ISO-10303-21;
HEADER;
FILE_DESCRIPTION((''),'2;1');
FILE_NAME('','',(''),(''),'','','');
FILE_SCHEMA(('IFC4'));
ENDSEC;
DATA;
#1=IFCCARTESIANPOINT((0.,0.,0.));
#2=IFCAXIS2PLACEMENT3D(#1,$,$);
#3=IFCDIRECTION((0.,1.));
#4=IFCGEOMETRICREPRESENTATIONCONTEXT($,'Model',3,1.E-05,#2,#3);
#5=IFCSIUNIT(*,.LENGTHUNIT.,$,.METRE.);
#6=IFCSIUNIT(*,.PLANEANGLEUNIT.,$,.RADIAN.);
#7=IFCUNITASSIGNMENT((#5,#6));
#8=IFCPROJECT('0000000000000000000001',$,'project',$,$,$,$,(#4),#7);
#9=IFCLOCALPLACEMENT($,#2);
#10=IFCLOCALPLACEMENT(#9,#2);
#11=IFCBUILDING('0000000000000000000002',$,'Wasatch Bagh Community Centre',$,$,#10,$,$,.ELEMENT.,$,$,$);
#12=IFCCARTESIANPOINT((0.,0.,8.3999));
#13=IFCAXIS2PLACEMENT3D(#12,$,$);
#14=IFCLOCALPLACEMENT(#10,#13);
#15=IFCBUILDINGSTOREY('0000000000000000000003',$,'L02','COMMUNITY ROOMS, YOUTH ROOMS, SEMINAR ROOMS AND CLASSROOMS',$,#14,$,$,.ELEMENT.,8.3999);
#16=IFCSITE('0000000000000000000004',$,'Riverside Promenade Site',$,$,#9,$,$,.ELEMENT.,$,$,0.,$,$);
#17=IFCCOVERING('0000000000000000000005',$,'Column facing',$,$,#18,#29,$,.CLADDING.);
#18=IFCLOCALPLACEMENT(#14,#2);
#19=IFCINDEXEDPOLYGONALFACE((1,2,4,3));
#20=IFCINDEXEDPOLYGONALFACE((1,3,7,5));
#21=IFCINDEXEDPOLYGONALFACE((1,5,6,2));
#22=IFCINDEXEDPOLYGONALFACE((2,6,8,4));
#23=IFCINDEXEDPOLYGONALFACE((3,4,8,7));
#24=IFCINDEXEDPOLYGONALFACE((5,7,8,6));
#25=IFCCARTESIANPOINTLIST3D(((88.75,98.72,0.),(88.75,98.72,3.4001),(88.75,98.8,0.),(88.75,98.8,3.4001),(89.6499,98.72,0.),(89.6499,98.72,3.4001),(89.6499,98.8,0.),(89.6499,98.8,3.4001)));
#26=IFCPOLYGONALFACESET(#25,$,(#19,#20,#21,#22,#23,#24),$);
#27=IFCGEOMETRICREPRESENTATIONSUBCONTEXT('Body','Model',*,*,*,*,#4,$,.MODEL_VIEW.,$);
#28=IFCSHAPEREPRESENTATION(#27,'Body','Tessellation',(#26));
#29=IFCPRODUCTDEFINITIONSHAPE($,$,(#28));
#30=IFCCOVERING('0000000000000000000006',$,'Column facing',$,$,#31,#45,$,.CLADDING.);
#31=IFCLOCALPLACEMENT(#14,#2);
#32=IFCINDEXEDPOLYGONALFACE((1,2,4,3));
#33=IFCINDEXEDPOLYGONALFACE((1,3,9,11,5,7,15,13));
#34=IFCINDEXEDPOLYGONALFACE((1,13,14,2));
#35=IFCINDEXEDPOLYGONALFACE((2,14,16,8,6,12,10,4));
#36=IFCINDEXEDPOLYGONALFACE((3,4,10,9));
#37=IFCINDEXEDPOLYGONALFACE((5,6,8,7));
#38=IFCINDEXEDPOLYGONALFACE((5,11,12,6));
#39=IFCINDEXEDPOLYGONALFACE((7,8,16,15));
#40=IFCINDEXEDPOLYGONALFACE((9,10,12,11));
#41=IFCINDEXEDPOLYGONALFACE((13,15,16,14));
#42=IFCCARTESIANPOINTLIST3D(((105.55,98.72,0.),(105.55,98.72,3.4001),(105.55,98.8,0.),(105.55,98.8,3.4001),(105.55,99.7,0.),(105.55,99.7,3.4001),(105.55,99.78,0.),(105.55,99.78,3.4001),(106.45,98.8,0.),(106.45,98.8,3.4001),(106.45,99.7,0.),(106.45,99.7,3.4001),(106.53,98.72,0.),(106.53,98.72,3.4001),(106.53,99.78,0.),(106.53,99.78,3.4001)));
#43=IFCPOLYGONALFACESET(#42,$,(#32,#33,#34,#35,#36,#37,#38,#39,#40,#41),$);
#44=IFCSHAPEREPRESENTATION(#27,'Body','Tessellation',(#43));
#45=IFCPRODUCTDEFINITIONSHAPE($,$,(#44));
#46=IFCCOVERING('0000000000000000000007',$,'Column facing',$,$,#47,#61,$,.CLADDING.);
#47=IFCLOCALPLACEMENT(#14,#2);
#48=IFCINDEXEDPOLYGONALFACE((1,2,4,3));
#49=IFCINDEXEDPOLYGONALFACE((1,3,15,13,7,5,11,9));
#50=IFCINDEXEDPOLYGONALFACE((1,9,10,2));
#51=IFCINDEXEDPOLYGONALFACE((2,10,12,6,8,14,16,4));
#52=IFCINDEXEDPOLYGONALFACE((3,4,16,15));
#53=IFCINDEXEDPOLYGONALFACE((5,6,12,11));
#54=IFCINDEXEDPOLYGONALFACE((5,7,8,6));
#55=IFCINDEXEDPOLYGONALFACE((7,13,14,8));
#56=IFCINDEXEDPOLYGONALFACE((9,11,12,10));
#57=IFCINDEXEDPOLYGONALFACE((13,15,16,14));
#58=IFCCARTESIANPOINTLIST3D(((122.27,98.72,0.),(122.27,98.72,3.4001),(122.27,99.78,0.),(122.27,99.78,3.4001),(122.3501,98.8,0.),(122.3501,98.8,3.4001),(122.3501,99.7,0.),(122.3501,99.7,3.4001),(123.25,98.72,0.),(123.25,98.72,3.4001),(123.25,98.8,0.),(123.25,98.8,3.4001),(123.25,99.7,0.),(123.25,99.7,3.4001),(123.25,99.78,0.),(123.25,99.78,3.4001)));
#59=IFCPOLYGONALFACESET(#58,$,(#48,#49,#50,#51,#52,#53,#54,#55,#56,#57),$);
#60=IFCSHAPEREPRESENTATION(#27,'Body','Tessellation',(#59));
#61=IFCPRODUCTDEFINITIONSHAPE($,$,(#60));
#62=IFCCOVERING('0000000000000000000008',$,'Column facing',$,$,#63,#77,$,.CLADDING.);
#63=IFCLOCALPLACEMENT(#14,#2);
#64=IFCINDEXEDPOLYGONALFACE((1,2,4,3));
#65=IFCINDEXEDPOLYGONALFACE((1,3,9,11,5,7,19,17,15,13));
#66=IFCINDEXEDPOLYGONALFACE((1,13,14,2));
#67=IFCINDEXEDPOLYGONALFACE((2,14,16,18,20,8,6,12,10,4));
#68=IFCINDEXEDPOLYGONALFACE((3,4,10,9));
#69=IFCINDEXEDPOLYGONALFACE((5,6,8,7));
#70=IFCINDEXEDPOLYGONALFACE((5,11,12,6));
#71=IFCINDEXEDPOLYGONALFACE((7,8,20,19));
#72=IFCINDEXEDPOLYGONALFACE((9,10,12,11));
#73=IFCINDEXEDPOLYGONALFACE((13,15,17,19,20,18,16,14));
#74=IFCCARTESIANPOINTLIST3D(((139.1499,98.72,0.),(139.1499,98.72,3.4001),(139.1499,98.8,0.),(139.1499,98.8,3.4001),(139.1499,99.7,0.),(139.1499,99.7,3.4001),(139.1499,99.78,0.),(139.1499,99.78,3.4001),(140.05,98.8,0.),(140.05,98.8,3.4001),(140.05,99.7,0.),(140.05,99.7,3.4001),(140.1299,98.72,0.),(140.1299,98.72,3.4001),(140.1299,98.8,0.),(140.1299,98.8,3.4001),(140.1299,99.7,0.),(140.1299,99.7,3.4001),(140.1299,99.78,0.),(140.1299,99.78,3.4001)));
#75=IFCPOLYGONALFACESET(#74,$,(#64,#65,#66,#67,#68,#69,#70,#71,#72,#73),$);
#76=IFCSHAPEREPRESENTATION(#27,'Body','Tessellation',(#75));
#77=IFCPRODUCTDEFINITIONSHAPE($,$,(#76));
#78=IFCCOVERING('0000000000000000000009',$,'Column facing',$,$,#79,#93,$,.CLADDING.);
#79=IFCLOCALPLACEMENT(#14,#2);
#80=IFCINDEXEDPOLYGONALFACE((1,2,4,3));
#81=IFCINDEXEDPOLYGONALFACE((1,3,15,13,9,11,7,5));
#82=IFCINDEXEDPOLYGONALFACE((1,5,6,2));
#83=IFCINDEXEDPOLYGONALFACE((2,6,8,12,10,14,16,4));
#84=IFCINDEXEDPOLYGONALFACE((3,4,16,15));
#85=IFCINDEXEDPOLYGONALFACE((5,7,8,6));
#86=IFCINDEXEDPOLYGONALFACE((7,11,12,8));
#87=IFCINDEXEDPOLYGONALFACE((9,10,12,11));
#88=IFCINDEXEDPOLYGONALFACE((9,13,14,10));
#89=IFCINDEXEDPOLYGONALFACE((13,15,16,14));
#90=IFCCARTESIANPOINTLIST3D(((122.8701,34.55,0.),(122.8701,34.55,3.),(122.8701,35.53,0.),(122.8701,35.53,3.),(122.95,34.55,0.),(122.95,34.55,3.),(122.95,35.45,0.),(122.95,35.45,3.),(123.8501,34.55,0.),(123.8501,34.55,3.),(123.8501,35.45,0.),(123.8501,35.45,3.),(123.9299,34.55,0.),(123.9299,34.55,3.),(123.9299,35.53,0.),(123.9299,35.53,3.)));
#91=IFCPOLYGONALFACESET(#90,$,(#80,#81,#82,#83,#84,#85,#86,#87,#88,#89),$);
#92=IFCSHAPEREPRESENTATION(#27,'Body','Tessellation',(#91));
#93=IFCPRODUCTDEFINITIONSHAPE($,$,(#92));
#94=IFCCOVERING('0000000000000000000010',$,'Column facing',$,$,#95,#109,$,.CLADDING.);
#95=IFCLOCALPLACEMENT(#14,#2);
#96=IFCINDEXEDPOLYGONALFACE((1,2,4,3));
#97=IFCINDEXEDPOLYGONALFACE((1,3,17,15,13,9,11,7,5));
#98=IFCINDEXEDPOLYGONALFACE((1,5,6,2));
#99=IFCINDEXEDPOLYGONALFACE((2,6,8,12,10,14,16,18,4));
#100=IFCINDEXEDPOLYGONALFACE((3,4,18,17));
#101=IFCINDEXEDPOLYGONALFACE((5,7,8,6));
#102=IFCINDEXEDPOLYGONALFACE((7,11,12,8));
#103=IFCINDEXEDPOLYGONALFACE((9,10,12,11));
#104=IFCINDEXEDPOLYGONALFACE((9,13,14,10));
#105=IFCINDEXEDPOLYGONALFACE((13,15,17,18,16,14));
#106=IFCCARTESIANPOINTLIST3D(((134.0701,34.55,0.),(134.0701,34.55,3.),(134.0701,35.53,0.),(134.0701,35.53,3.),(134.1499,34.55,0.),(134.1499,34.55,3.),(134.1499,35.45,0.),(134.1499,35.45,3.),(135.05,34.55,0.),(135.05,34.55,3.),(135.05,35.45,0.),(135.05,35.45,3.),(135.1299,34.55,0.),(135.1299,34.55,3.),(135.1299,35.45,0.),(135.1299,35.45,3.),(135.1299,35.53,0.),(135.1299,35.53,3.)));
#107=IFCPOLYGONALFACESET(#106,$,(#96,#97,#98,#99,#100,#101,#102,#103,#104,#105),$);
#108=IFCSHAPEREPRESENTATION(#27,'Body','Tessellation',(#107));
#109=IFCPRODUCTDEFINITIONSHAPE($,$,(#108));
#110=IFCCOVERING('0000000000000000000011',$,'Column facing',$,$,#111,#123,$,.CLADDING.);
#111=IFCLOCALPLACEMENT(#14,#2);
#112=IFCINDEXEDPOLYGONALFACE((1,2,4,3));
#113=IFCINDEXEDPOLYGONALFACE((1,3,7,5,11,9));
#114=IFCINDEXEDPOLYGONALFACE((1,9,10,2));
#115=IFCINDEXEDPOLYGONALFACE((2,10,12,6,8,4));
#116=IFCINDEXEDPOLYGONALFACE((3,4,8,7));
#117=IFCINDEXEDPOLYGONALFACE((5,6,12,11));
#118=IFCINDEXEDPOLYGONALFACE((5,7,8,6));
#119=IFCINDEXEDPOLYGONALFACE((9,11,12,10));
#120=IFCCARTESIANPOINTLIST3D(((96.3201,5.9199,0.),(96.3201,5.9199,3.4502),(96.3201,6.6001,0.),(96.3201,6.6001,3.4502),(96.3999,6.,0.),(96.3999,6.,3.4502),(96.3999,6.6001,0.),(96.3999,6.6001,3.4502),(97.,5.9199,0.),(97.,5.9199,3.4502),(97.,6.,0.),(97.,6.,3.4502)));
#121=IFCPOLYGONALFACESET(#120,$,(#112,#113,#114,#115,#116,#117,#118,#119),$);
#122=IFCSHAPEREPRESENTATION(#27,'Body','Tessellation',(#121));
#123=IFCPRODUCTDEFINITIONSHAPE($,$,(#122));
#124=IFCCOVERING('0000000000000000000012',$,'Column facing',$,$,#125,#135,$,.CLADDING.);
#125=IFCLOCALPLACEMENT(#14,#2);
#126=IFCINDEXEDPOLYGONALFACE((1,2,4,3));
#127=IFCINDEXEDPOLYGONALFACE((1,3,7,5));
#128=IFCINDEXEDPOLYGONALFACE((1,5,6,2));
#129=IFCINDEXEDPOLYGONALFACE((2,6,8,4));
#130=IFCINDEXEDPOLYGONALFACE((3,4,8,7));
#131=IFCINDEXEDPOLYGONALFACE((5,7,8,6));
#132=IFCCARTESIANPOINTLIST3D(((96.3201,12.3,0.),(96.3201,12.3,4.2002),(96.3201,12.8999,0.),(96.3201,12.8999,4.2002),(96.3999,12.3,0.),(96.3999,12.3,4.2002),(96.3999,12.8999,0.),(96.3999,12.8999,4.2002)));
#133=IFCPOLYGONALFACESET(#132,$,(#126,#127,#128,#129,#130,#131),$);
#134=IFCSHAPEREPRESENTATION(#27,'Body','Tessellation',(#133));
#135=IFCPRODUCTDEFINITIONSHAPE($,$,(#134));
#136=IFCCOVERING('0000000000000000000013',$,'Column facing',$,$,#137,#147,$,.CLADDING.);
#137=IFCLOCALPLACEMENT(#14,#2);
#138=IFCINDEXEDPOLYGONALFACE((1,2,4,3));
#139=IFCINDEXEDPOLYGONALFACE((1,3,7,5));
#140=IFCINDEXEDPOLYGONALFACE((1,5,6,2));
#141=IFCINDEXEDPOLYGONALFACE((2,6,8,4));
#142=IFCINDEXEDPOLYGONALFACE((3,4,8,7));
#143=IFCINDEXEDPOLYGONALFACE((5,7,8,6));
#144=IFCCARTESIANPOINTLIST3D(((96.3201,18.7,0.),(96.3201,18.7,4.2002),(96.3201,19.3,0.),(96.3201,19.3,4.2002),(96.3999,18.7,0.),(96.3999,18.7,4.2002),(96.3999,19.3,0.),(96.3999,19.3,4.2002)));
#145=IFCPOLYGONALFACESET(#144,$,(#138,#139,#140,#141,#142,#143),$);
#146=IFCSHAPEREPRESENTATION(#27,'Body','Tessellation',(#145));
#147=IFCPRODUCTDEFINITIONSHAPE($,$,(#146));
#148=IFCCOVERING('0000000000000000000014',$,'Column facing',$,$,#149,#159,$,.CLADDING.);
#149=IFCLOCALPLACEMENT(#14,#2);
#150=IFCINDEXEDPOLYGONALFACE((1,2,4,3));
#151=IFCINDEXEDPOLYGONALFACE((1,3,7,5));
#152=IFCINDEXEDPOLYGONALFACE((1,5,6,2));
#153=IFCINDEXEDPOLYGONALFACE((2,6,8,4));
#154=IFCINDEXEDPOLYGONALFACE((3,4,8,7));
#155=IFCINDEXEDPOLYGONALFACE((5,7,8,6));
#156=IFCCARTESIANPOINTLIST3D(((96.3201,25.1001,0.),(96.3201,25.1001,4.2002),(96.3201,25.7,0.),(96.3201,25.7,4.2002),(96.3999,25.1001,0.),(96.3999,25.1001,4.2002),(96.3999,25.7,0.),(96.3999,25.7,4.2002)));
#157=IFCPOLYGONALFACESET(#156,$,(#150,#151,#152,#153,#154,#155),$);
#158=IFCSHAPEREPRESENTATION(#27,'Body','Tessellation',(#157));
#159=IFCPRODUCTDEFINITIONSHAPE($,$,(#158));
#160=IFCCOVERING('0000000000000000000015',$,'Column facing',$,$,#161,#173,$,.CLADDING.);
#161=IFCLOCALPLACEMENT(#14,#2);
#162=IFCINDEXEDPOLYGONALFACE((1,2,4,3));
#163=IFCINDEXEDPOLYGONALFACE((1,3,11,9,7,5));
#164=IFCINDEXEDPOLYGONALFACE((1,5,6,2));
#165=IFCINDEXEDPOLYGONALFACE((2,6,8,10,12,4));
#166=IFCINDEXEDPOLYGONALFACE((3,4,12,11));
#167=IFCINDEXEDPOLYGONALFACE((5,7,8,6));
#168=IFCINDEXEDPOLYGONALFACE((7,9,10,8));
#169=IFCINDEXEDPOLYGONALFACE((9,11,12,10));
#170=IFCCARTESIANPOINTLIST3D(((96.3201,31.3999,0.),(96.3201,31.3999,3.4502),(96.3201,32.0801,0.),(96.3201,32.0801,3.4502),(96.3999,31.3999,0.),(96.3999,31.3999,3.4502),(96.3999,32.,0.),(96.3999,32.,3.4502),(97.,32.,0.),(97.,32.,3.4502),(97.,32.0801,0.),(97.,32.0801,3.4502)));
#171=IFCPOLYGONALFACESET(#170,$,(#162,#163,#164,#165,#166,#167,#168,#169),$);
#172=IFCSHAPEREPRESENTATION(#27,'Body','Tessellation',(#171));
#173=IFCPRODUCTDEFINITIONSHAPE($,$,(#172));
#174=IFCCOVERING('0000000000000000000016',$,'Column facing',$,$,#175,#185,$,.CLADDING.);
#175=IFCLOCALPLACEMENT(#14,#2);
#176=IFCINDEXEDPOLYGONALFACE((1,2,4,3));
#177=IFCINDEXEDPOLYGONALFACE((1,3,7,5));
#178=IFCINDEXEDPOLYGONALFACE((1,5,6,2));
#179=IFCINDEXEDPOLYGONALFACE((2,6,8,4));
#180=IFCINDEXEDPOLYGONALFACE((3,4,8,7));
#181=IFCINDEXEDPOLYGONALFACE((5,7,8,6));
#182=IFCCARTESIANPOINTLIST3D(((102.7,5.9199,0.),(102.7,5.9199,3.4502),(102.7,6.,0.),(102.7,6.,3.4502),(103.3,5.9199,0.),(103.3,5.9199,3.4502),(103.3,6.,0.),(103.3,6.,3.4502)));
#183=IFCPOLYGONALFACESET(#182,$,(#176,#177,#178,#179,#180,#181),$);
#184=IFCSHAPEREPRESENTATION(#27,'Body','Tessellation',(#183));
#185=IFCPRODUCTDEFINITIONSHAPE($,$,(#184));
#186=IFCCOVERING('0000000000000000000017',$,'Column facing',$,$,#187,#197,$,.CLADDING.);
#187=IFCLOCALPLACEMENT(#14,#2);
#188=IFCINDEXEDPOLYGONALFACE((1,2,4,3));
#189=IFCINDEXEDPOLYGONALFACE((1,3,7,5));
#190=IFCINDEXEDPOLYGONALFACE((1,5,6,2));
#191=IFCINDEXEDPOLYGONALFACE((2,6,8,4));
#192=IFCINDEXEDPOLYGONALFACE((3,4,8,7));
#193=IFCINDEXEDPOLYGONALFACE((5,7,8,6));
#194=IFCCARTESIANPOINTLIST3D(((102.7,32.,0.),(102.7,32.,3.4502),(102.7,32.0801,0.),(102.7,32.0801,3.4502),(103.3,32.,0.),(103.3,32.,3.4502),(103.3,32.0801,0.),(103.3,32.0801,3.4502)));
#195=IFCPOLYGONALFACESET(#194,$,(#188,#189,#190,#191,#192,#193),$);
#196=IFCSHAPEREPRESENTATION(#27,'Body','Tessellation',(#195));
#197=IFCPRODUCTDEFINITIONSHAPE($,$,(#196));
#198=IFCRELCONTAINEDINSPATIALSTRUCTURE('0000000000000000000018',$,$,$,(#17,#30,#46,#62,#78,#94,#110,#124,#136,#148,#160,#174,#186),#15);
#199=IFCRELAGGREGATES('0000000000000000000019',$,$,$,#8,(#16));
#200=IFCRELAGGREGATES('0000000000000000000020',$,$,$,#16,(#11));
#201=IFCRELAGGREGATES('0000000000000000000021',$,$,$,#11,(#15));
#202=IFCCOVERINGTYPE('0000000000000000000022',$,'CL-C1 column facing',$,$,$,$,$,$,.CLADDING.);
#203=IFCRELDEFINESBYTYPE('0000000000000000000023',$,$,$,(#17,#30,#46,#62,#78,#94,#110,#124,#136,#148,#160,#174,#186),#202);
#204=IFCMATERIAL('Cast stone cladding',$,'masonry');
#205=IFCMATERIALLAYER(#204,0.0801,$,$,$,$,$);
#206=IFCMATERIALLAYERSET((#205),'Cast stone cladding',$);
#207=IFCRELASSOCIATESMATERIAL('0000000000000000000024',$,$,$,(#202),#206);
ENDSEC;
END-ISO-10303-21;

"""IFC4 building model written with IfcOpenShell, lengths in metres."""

from ifc_helpers import new_model, si_unit, direction, frame, origin, place, context, subcontext, project, spatial, polyline, outline, extrude, material, layer, layer_set, type_object, element, save


model = new_model("IFC4")

# Units and contexts
model_context = context("Model", 3, precision=1e-05, world=origin(), true_north=direction((0.0, 1.0)))
body_context = subcontext(model_context, "Body", "Model", "MODEL_VIEW")
ifc_project = project(units=[si_unit("LENGTHUNIT", "METRE"), si_unit("PLANEANGLEUNIT", "RADIAN")], contexts=[model_context])

# Site, building, storey
site_placement = place(None, origin())
site = spatial("IfcSite", under=ifc_project, at=site_placement, Name="Riverside Promenade Site", CompositionType="ELEMENT", RefElevation=0.0)
building_placement = place(site_placement, origin())
building = spatial("IfcBuilding", under=site, at=building_placement, Name="Wasatch Bagh Community Centre", CompositionType="ELEMENT")
storey_placement = place(building_placement, frame((0.0, 0.0, 8.3999)))
storey = spatial("IfcBuildingStorey", under=building, at=storey_placement, Name="L02", Description="COMMUNITY ROOMS, YOUTH ROOMS, SEMINAR ROOMS AND CLASSROOMS", CompositionType="ELEMENT", Elevation=8.3999)

# Coverings
ifc_material = material(Name="Cast stone cladding", Category="masonry")
ifc_layer = layer(ifc_material, 0.0801)
ifc_layer_set = layer_set([ifc_layer], Name="Cast stone cladding")
covering_type = type_object("IfcCoveringType", Name="CL-C1 column facing", PredefinedType="CLADDING", material=ifc_layer_set)
covering_1_placement = place(storey_placement, origin())
element("IfcCovering", 1, at=covering_1_placement, inside=storey, type_object=covering_type, Name="Column facing", PredefinedType="CLADDING", context=body_context, shape_type="SweptSolid", body=[
    extrude(outline(polyline([(89.6499, 98.8), (89.6499, 98.72), (88.75, 98.72), (88.75, 98.8), (89.6499, 98.8)])), origin(), (0.0, 0.0, 1.0), 3.4001),
])
covering_2_placement = place(storey_placement, origin())
element("IfcCovering", 2, at=covering_2_placement, inside=storey, type_object=covering_type, Name="Column facing", PredefinedType="CLADDING", context=body_context, shape_type="SweptSolid", body=[
    extrude(outline(polyline([(106.53, 98.72), (105.55, 98.72), (105.55, 98.8), (106.45, 98.8), (106.45, 99.7), (105.55, 99.7), (105.55, 99.78), (106.53, 99.78), (106.53, 98.72)])), origin(), (0.0, 0.0, 1.0), 3.4001),
])
covering_3_placement = place(storey_placement, origin())
element("IfcCovering", 3, at=covering_3_placement, inside=storey, type_object=covering_type, Name="Column facing", PredefinedType="CLADDING", context=body_context, shape_type="SweptSolid", body=[
    extrude(outline(polyline([(122.27, 98.72), (122.27, 99.78), (123.25, 99.78), (123.25, 99.7), (122.3501, 99.7), (122.3501, 98.8), (123.25, 98.8), (123.25, 98.72), (122.27, 98.72)])), origin(), (0.0, 0.0, 1.0), 3.4001),
])
covering_4_placement = place(storey_placement, origin())
element("IfcCovering", 4, at=covering_4_placement, inside=storey, type_object=covering_type, Name="Column facing", PredefinedType="CLADDING", context=body_context, shape_type="SweptSolid", body=[
    extrude(outline(polyline([(140.1299, 98.8), (140.1299, 98.72), (139.1499, 98.72), (139.1499, 98.8), (140.05, 98.8), (140.05, 99.7), (139.1499, 99.7), (139.1499, 99.78), (140.1299, 99.78), (140.1299, 99.7), (140.1299, 98.8)])), origin(), (0.0, 0.0, 1.0), 3.4001),
])
covering_5_placement = place(storey_placement, origin())
element("IfcCovering", 5, at=covering_5_placement, inside=storey, type_object=covering_type, Name="Column facing", PredefinedType="CLADDING", context=body_context, shape_type="SweptSolid", body=[
    extrude(outline(polyline([(122.8701, 34.55), (122.8701, 35.53), (123.9299, 35.53), (123.9299, 34.55), (123.8501, 34.55), (123.8501, 35.45), (122.95, 35.45), (122.95, 34.55), (122.8701, 34.55)])), origin(), (0.0, 0.0, 1.0), 3.0),
])
covering_6_placement = place(storey_placement, origin())
element("IfcCovering", 6, at=covering_6_placement, inside=storey, type_object=covering_type, Name="Column facing", PredefinedType="CLADDING", context=body_context, shape_type="SweptSolid", body=[
    extrude(outline(polyline([(134.0701, 34.55), (134.0701, 35.53), (135.1299, 35.53), (135.1299, 35.45), (135.1299, 34.55), (135.05, 34.55), (135.05, 35.45), (134.1499, 35.45), (134.1499, 34.55), (134.0701, 34.55)])), origin(), (0.0, 0.0, 1.0), 3.0),
])
covering_7_placement = place(storey_placement, origin())
element("IfcCovering", 7, at=covering_7_placement, inside=storey, type_object=covering_type, Name="Column facing", PredefinedType="CLADDING", context=body_context, shape_type="SweptSolid", body=[
    extrude(outline(polyline([(96.3201, 5.9199), (96.3201, 6.6001), (96.3999, 6.6001), (96.3999, 6.0), (97.0, 6.0), (97.0, 5.9199), (96.3201, 5.9199)])), origin(), (0.0, 0.0, 1.0), 3.4502),
])
covering_8_placement = place(storey_placement, origin())
element("IfcCovering", 8, at=covering_8_placement, inside=storey, type_object=covering_type, Name="Column facing", PredefinedType="CLADDING", context=body_context, shape_type="SweptSolid", body=[
    extrude(outline(polyline([(96.3999, 12.8999), (96.3999, 12.3), (96.3201, 12.3), (96.3201, 12.8999), (96.3999, 12.8999)])), origin(), (0.0, 0.0, 1.0), 4.2002),
])
covering_9_placement = place(storey_placement, origin())
element("IfcCovering", 9, at=covering_9_placement, inside=storey, type_object=covering_type, Name="Column facing", PredefinedType="CLADDING", context=body_context, shape_type="SweptSolid", body=[
    extrude(outline(polyline([(96.3999, 19.3), (96.3999, 18.7), (96.3201, 18.7), (96.3201, 19.3), (96.3999, 19.3)])), origin(), (0.0, 0.0, 1.0), 4.2002),
])
covering_10_placement = place(storey_placement, origin())
element("IfcCovering", 10, at=covering_10_placement, inside=storey, type_object=covering_type, Name="Column facing", PredefinedType="CLADDING", context=body_context, shape_type="SweptSolid", body=[
    extrude(outline(polyline([(96.3999, 25.7), (96.3999, 25.1001), (96.3201, 25.1001), (96.3201, 25.7), (96.3999, 25.7)])), origin(), (0.0, 0.0, 1.0), 4.2002),
])
covering_11_placement = place(storey_placement, origin())
element("IfcCovering", 11, at=covering_11_placement, inside=storey, type_object=covering_type, Name="Column facing", PredefinedType="CLADDING", context=body_context, shape_type="SweptSolid", body=[
    extrude(outline(polyline([(96.3999, 31.3999), (96.3201, 31.3999), (96.3201, 32.0801), (97.0, 32.0801), (97.0, 32.0), (96.3999, 32.0), (96.3999, 31.3999)])), origin(), (0.0, 0.0, 1.0), 3.4502),
])
covering_12_placement = place(storey_placement, origin())
element("IfcCovering", 12, at=covering_12_placement, inside=storey, type_object=covering_type, Name="Column facing", PredefinedType="CLADDING", context=body_context, shape_type="SweptSolid", body=[
    extrude(outline(polyline([(102.7, 6.0), (103.3, 6.0), (103.3, 5.9199), (102.7, 5.9199), (102.7, 6.0)])), origin(), (0.0, 0.0, 1.0), 3.4502),
])
covering_13_placement = place(storey_placement, origin())
element("IfcCovering", 13, at=covering_13_placement, inside=storey, type_object=covering_type, Name="Column facing", PredefinedType="CLADDING", context=body_context, shape_type="SweptSolid", body=[
    extrude(outline(polyline([(103.3, 32.0), (102.7, 32.0), (102.7, 32.0801), (103.3, 32.0801), (103.3, 32.0)])), origin(), (0.0, 0.0, 1.0), 3.4502),
])

save(model, "model.ifc")
